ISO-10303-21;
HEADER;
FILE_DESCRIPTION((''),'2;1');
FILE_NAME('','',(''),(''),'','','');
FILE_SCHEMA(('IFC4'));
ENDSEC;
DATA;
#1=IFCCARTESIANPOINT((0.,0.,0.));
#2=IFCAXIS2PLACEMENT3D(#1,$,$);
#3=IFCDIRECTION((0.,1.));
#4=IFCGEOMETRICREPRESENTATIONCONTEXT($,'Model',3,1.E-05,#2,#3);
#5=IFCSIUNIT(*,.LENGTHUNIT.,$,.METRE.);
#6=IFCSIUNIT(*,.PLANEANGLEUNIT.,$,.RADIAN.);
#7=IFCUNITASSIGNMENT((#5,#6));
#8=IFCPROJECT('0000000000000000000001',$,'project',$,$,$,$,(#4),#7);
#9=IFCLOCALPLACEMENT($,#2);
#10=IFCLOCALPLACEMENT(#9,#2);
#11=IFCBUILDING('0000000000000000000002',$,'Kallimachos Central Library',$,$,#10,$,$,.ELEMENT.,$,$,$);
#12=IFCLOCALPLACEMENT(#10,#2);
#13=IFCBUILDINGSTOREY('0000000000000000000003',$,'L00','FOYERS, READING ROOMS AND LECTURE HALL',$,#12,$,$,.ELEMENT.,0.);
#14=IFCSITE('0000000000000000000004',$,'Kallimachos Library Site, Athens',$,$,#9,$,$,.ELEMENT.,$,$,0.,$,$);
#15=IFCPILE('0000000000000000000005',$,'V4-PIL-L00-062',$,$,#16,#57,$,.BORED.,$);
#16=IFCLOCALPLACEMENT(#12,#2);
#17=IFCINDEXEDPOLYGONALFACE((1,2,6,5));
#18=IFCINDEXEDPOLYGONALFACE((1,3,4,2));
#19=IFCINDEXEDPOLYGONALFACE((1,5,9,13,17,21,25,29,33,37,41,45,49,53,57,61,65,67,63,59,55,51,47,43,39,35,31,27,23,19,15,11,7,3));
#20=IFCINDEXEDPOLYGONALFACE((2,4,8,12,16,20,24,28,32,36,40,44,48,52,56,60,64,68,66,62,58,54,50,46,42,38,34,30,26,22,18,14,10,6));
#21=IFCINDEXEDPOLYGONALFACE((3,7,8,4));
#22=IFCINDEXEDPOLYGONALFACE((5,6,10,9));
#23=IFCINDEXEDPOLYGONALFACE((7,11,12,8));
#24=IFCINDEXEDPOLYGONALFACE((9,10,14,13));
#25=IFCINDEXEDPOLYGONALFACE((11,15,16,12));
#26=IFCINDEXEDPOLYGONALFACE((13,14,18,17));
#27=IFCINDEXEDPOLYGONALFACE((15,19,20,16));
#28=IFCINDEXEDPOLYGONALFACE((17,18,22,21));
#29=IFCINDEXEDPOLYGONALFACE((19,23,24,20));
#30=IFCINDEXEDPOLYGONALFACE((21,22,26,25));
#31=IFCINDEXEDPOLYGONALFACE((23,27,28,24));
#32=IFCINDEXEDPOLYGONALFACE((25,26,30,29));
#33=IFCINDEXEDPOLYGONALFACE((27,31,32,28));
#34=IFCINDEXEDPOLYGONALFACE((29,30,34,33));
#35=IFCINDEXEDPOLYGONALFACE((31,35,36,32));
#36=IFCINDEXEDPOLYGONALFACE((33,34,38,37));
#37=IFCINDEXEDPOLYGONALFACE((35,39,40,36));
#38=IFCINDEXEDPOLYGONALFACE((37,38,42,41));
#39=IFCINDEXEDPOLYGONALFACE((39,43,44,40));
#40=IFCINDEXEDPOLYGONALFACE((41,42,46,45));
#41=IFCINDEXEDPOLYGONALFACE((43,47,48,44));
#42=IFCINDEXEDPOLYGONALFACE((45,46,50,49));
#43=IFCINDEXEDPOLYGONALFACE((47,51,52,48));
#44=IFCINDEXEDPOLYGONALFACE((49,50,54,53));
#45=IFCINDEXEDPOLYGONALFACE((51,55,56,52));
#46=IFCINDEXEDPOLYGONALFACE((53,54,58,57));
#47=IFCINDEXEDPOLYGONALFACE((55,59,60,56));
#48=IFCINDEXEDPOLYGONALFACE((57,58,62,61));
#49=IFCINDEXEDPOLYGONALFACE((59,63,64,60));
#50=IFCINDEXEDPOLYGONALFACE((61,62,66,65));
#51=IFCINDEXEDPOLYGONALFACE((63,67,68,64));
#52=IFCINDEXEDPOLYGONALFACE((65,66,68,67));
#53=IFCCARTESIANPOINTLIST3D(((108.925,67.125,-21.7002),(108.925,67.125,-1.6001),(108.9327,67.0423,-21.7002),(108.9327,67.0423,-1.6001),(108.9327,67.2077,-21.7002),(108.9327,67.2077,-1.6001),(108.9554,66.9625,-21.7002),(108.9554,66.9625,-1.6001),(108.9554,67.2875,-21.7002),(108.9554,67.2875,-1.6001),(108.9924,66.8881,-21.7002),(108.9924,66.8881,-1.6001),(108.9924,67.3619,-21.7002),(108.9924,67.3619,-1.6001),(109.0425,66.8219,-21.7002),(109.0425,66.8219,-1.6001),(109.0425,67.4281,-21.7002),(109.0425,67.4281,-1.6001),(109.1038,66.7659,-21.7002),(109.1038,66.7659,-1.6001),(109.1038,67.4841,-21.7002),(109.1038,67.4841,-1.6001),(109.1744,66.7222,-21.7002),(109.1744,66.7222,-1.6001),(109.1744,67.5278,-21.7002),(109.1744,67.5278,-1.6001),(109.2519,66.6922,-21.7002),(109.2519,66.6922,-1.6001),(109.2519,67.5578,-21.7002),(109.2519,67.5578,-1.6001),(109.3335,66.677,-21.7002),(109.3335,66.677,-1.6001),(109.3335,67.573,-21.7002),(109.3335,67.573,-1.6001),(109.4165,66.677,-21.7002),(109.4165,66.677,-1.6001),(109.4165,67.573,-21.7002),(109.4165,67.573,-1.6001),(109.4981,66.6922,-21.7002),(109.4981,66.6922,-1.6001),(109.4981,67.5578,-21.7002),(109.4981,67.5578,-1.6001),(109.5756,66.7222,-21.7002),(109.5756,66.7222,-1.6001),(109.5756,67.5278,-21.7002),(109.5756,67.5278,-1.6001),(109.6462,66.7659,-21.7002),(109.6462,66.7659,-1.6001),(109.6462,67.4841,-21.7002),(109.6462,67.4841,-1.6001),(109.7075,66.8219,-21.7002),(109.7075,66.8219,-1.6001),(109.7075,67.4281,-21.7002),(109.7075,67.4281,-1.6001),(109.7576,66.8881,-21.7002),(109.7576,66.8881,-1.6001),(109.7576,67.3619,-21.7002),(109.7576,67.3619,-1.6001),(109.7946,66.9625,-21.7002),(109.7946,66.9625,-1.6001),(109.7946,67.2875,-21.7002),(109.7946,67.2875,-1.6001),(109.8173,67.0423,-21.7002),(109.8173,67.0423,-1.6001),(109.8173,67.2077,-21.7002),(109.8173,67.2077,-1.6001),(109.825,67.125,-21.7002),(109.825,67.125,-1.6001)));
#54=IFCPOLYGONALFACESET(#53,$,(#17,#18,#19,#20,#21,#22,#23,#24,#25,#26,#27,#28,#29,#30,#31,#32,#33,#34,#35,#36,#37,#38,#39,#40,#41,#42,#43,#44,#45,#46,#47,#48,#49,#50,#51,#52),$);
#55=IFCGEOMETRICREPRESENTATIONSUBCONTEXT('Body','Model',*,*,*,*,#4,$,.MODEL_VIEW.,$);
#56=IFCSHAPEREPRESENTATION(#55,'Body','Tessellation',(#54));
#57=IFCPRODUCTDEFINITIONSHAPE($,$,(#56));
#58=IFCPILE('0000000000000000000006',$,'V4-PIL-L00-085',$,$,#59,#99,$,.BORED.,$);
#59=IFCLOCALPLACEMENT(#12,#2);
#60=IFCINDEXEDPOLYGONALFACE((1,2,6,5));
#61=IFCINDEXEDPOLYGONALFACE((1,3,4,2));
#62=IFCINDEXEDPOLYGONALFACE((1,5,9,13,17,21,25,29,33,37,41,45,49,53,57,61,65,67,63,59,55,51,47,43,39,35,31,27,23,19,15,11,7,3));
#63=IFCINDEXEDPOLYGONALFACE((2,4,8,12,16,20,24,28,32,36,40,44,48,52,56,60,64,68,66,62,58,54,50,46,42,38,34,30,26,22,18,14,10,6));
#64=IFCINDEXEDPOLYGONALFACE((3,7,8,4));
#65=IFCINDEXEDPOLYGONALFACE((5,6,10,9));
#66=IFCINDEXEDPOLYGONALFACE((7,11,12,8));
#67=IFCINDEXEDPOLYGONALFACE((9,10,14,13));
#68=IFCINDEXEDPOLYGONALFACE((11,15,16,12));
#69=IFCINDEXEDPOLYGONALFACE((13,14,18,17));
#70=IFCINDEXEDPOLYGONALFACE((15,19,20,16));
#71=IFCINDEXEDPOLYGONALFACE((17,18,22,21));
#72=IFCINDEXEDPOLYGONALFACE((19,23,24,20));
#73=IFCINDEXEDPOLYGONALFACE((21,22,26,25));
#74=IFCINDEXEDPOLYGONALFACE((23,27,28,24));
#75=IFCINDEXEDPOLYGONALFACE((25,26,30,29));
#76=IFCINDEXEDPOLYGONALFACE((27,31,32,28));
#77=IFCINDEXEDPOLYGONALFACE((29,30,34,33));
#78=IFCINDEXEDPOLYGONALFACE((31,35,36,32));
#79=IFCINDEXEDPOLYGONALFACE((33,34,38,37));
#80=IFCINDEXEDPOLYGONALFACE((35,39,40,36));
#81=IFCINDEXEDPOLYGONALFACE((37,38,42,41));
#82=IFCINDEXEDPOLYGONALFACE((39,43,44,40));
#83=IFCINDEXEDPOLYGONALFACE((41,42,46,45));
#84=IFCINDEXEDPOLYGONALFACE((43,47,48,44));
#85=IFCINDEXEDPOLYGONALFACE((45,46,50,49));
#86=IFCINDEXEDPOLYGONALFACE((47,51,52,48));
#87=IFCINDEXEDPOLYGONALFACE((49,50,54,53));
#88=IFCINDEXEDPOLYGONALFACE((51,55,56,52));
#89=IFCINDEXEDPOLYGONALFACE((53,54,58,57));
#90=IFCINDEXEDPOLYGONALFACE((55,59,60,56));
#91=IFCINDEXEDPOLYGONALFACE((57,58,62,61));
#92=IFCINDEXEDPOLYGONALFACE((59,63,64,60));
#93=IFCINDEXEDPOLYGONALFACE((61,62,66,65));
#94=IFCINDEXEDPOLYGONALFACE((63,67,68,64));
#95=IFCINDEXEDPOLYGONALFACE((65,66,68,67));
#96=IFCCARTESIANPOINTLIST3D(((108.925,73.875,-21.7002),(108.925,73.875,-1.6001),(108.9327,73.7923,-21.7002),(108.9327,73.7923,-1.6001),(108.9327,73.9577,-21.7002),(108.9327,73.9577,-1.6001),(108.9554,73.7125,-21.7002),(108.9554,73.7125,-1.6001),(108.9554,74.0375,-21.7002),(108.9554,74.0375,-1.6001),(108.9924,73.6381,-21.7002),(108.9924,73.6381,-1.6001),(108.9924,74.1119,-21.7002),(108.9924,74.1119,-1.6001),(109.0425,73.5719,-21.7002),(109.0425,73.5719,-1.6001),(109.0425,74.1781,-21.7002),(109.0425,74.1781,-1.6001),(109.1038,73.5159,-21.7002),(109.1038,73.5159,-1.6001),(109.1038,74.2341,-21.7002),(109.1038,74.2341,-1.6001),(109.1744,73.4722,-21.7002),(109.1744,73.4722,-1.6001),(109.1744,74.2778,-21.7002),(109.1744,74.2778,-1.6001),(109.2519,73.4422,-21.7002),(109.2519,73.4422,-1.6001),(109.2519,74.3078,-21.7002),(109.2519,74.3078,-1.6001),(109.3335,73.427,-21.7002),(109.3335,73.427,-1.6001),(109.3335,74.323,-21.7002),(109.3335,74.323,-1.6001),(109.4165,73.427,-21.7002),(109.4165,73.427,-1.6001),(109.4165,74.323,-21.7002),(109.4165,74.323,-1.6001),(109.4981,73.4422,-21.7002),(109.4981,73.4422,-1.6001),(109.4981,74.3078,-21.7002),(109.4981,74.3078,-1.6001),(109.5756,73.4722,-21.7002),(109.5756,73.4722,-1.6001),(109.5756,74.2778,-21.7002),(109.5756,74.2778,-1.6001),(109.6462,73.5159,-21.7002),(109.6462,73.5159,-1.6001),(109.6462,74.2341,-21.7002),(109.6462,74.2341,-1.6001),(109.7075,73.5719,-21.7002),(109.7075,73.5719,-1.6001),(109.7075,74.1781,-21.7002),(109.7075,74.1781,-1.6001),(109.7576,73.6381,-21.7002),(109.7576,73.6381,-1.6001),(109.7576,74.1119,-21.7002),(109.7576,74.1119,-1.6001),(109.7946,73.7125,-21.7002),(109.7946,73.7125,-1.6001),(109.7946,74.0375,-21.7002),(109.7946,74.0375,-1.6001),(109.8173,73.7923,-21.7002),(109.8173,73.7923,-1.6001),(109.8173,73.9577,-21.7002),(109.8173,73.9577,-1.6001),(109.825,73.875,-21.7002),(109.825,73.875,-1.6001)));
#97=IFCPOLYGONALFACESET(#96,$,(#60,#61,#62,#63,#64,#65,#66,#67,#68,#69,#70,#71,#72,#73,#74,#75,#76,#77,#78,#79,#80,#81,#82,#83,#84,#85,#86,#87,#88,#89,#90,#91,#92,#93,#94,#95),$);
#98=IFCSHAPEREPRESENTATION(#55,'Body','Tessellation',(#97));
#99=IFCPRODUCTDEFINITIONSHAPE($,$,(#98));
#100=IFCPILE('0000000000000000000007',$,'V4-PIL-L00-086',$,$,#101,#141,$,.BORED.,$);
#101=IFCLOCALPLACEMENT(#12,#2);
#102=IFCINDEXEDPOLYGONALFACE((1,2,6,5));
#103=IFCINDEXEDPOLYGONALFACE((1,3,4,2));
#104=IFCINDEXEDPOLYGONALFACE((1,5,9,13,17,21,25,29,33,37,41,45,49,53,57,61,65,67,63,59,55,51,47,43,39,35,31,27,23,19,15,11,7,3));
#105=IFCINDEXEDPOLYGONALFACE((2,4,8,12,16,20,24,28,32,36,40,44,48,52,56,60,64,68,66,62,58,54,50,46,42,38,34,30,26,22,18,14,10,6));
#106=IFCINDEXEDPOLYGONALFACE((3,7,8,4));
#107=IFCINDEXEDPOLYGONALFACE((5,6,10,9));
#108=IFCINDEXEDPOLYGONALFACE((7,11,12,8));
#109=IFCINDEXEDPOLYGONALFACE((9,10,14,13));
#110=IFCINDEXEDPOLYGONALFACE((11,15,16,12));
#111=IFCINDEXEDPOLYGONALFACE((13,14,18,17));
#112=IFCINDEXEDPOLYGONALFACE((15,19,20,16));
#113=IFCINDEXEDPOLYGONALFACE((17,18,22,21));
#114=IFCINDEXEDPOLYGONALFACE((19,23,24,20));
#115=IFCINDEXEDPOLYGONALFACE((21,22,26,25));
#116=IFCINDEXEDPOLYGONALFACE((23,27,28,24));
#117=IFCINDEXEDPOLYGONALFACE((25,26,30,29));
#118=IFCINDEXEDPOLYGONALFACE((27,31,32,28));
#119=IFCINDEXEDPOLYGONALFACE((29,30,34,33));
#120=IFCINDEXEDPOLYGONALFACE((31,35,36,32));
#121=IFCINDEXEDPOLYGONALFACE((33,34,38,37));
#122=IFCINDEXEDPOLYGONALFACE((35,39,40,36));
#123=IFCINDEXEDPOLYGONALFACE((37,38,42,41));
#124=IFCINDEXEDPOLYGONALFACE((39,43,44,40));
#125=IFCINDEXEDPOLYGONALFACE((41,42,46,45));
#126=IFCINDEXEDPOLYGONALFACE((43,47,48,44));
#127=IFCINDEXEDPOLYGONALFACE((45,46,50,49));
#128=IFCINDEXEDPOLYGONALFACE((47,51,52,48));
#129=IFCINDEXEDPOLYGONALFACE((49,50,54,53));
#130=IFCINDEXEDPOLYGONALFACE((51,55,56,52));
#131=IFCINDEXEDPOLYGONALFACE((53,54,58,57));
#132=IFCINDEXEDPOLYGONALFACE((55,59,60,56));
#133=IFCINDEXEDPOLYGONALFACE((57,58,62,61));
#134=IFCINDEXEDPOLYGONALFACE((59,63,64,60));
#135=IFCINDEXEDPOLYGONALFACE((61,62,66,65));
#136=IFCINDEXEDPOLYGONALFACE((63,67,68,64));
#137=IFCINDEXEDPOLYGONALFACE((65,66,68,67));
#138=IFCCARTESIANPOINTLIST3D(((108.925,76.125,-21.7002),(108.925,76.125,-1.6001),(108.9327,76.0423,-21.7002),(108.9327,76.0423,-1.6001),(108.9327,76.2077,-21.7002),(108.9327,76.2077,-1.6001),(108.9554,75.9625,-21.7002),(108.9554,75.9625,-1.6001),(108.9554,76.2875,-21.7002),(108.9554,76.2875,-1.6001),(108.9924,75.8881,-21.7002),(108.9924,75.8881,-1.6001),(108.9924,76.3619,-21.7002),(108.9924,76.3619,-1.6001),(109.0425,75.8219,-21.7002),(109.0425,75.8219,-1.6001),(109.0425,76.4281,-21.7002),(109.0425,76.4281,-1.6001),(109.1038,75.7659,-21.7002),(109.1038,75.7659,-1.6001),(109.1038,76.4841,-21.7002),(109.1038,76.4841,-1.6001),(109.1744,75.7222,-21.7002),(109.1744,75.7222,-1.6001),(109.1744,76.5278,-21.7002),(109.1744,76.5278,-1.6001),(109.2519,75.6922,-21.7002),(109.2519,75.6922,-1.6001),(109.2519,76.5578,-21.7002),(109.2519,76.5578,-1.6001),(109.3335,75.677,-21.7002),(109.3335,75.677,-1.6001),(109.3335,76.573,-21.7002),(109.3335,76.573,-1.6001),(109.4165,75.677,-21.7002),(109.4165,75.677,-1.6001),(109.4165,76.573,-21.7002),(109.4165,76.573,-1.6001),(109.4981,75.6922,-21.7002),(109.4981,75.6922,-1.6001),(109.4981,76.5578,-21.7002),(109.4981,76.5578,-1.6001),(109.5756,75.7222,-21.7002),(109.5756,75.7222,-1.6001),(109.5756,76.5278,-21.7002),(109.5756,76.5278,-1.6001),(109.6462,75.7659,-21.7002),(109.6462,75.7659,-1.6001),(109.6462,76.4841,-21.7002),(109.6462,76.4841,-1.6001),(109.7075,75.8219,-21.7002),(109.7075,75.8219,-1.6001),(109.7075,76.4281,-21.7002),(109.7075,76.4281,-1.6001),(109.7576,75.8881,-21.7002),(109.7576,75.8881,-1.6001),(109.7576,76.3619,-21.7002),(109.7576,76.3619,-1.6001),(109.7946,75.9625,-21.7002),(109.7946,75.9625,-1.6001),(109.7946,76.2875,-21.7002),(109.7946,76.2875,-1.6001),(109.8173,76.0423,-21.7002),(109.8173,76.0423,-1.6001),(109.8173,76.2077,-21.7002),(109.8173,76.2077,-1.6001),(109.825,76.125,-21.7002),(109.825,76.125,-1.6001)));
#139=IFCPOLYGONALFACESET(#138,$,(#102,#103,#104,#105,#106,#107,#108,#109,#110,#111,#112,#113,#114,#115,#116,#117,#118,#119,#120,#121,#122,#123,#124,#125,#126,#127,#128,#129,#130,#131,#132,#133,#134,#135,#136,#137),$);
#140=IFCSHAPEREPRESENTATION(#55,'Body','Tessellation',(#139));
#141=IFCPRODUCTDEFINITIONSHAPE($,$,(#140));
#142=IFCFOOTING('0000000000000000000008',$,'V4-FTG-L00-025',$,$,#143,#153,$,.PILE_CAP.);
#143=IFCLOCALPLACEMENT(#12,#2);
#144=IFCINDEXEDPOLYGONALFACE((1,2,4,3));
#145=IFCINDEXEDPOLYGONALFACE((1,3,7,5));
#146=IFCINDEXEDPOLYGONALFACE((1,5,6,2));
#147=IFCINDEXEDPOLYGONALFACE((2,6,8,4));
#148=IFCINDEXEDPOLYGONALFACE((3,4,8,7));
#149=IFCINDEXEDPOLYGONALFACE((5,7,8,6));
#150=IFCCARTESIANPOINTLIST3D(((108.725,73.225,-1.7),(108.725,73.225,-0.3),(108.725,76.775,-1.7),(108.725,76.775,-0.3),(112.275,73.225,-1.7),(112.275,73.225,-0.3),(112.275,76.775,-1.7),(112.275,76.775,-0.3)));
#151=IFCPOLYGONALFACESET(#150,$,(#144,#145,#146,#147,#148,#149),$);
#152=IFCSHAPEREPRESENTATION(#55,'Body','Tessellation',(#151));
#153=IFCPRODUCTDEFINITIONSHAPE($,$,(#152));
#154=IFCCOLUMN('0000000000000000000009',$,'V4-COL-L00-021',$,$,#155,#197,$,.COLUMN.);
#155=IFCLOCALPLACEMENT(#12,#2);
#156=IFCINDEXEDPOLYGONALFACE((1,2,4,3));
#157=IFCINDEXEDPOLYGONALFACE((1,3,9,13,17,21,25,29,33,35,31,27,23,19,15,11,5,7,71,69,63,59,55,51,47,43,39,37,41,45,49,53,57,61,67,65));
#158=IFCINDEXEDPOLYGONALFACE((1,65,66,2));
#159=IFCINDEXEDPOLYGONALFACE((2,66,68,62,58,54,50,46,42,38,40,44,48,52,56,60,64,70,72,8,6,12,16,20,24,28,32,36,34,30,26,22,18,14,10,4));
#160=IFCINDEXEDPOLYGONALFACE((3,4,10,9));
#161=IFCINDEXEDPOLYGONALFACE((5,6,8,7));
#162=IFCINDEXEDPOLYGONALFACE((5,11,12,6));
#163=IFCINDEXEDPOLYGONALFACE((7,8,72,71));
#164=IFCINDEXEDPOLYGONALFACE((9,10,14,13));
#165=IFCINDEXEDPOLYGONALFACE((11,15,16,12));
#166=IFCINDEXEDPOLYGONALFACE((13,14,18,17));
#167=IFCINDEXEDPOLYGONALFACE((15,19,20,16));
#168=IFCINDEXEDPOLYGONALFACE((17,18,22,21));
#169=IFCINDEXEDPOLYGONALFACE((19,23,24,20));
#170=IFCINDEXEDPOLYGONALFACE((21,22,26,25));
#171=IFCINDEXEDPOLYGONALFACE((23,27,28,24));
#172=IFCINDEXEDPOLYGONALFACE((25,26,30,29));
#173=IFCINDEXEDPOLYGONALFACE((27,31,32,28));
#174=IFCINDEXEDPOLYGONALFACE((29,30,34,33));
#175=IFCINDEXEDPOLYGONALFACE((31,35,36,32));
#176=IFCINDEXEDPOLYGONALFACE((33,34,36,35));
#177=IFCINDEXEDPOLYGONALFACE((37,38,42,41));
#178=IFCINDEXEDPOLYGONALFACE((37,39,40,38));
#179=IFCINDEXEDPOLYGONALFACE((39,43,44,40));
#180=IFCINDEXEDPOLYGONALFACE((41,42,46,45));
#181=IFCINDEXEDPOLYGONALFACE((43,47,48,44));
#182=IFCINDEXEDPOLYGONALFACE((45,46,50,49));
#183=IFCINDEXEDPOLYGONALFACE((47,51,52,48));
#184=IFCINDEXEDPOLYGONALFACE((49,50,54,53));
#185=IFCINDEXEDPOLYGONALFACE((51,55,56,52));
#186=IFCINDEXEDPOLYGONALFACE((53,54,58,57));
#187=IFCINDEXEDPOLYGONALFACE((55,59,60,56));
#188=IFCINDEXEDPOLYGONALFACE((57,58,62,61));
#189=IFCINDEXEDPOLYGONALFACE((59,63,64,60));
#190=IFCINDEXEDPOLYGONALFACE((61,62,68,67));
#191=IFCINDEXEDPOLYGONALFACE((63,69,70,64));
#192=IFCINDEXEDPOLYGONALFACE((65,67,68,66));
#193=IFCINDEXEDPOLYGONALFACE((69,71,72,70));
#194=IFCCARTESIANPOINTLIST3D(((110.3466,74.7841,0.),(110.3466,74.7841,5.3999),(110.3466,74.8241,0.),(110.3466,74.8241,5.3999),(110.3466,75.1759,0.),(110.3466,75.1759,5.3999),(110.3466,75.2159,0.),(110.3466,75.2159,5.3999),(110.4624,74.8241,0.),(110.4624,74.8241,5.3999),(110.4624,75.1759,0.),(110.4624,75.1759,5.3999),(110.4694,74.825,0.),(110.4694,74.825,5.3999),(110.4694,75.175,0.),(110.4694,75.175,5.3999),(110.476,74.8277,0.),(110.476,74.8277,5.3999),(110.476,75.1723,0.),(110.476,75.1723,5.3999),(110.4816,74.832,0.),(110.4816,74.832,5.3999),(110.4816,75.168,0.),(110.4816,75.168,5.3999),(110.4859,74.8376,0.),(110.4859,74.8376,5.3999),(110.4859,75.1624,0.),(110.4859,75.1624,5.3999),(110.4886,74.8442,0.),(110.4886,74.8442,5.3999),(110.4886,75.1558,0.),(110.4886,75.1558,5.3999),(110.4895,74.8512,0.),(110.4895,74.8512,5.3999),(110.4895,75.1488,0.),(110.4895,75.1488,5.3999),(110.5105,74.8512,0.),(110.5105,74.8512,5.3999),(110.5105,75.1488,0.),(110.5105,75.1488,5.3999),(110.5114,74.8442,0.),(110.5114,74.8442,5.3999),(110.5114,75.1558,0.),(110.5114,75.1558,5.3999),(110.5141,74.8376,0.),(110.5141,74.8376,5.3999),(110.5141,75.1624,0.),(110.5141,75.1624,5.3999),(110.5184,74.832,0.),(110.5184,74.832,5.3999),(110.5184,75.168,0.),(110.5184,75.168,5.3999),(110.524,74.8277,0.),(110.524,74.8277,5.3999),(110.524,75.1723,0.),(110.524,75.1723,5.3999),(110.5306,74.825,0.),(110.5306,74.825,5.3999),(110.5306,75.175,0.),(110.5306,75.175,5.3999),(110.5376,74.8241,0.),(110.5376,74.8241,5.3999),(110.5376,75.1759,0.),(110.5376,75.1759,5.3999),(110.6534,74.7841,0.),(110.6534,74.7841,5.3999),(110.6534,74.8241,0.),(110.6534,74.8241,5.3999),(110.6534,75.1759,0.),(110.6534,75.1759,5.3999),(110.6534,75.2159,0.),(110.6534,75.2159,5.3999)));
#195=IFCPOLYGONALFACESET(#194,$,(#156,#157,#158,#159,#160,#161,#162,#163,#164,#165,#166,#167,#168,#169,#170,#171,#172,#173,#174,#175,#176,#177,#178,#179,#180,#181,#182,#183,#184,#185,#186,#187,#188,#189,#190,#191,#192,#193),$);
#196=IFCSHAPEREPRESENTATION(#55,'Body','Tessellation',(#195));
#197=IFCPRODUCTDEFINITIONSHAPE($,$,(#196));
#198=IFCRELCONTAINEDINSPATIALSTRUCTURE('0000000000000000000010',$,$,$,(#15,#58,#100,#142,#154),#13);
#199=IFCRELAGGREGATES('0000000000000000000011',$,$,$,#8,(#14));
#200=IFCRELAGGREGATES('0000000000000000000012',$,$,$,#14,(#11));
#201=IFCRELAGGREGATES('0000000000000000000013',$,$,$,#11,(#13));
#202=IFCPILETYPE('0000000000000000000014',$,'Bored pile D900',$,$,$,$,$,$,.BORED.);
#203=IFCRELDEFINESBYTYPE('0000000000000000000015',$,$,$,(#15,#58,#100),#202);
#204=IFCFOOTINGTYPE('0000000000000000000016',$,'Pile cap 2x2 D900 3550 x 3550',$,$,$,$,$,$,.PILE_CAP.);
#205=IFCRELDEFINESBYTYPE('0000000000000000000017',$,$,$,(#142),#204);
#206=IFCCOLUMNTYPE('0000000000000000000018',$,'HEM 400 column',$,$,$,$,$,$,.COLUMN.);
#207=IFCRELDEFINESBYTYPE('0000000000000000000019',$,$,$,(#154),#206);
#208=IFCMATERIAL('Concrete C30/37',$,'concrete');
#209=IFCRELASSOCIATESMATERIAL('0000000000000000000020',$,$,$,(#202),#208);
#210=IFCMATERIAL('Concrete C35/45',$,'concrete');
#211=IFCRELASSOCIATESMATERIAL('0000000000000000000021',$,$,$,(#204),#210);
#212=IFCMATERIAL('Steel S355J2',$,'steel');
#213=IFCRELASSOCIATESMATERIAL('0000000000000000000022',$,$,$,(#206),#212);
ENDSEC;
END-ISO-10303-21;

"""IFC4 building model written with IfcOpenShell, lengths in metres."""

from ifc_helpers import new_model, si_unit, direction, frame, origin, origin_2d, place, context, subcontext, project, spatial, rectangle, circle, i_section, extrude, material, material_profile, profile_set, type_object, element, save


model = new_model("IFC4")

# Units and contexts
model_context = context("Model", 3, precision=1e-05, world=origin(), true_north=direction((0.0, 1.0)))
body_context = subcontext(model_context, "Body", "Model", "MODEL_VIEW")
ifc_project = project(units=[si_unit("LENGTHUNIT", "METRE"), si_unit("PLANEANGLEUNIT", "RADIAN")], contexts=[model_context])

# Site, building, storey
site_placement = place(None, origin())
site = spatial("IfcSite", under=ifc_project, at=site_placement, Name="Kallimachos Library Site, Athens", CompositionType="ELEMENT", RefElevation=0.0)
building_placement = place(site_placement, origin())
building = spatial("IfcBuilding", under=site, at=building_placement, Name="Kallimachos Central Library", CompositionType="ELEMENT")
storey_placement = place(building_placement, origin())
storey = spatial("IfcBuildingStorey", under=building, at=storey_placement, Name="L00", Description="FOYERS, READING ROOMS AND LECTURE HALL", CompositionType="ELEMENT", Elevation=0.0)

# Piles
ifc_material_1 = material(Name="Concrete C30/37", Category="concrete")
pile_type = type_object("IfcPileType", Name="Bored pile D900", PredefinedType="BORED", material=ifc_material_1)
for number, where, z_axis, x_axis, name in (
    (1, (109.375, 67.125, -1.6001), (0.0, 0.0, -1.0), (1.0, 0.0, 0.0), "V4-PIL-L00-062"),
    (2, (109.375, 73.875, -1.6001), (0.0, 0.0, -1.0), (1.0, 0.0, 0.0), "V4-PIL-L00-085"),
    (3, (109.375, 76.125, -1.6001), (0.0, 0.0, -1.0), (1.0, 0.0, 0.0), "V4-PIL-L00-086"),
):
    element("IfcPile", number, at=place(storey_placement, frame(where, z_axis=z_axis, x_axis=x_axis)), inside=storey, type_object=pile_type, Name=name, PredefinedType="BORED", context=body_context, shape_type="SweptSolid", body=[
        extrude(circle(Radius=0.45, at=origin_2d()), origin(), (0.0, 0.0, 1.0), 20.1001),
    ])

# Footing
ifc_material_2 = material(Name="Concrete C35/45", Category="concrete")
footing_type = type_object("IfcFootingType", Name="Pile cap 2x2 D900 3550 x 3550", PredefinedType="PILE_CAP", material=ifc_material_2)
footing_placement = place(storey_placement, frame((110.5, 75.0, -1.7), z_axis=(0.0, 0.0, 1.0), x_axis=(1.0, 0.0, 0.0)))
element("IfcFooting", 4, at=footing_placement, inside=storey, type_object=footing_type, Name="V4-FTG-L00-025", PredefinedType="PILE_CAP", context=body_context, shape_type="SweptSolid", body=[
    extrude(rectangle(XDim=3.55, YDim=3.55, at=origin_2d()), origin(), (0.0, 0.0, 1.0), 1.3999),
])

# Column
ifc_material_3 = material(Name="Steel S355J2", Category="steel")
ifc_material_profile_1 = material_profile(ifc_material_3, i_section(OverallWidth=0.3069, OverallDepth=0.4319, WebThickness=0.021, FlangeThickness=0.04, FilletRadius=0.0271, at=origin_2d()), Name="HEM 400")
ifc_profile_set_1 = profile_set([ifc_material_profile_1], Name="Steel S355J2")
column_type = type_object("IfcColumnType", Name="HEM 400 column", PredefinedType="COLUMN", material=ifc_profile_set_1)
column_placement = place(storey_placement, frame((110.5, 75.0, 0.0), z_axis=(0.0, 0.0, 1.0), x_axis=(1.0, 0.0, 0.0)))
element("IfcColumn", 5, at=column_placement, inside=storey, type_object=column_type, Name="V4-COL-L00-021", PredefinedType="COLUMN", context=body_context, shape_type="SweptSolid", body=[
    extrude(i_section(OverallWidth=0.3069, OverallDepth=0.4319, WebThickness=0.021, FlangeThickness=0.04, FilletRadius=0.0271, at=origin_2d()), origin(), (0.0, 0.0, 1.0), 5.3999),
])

save(model, "model.ifc")
